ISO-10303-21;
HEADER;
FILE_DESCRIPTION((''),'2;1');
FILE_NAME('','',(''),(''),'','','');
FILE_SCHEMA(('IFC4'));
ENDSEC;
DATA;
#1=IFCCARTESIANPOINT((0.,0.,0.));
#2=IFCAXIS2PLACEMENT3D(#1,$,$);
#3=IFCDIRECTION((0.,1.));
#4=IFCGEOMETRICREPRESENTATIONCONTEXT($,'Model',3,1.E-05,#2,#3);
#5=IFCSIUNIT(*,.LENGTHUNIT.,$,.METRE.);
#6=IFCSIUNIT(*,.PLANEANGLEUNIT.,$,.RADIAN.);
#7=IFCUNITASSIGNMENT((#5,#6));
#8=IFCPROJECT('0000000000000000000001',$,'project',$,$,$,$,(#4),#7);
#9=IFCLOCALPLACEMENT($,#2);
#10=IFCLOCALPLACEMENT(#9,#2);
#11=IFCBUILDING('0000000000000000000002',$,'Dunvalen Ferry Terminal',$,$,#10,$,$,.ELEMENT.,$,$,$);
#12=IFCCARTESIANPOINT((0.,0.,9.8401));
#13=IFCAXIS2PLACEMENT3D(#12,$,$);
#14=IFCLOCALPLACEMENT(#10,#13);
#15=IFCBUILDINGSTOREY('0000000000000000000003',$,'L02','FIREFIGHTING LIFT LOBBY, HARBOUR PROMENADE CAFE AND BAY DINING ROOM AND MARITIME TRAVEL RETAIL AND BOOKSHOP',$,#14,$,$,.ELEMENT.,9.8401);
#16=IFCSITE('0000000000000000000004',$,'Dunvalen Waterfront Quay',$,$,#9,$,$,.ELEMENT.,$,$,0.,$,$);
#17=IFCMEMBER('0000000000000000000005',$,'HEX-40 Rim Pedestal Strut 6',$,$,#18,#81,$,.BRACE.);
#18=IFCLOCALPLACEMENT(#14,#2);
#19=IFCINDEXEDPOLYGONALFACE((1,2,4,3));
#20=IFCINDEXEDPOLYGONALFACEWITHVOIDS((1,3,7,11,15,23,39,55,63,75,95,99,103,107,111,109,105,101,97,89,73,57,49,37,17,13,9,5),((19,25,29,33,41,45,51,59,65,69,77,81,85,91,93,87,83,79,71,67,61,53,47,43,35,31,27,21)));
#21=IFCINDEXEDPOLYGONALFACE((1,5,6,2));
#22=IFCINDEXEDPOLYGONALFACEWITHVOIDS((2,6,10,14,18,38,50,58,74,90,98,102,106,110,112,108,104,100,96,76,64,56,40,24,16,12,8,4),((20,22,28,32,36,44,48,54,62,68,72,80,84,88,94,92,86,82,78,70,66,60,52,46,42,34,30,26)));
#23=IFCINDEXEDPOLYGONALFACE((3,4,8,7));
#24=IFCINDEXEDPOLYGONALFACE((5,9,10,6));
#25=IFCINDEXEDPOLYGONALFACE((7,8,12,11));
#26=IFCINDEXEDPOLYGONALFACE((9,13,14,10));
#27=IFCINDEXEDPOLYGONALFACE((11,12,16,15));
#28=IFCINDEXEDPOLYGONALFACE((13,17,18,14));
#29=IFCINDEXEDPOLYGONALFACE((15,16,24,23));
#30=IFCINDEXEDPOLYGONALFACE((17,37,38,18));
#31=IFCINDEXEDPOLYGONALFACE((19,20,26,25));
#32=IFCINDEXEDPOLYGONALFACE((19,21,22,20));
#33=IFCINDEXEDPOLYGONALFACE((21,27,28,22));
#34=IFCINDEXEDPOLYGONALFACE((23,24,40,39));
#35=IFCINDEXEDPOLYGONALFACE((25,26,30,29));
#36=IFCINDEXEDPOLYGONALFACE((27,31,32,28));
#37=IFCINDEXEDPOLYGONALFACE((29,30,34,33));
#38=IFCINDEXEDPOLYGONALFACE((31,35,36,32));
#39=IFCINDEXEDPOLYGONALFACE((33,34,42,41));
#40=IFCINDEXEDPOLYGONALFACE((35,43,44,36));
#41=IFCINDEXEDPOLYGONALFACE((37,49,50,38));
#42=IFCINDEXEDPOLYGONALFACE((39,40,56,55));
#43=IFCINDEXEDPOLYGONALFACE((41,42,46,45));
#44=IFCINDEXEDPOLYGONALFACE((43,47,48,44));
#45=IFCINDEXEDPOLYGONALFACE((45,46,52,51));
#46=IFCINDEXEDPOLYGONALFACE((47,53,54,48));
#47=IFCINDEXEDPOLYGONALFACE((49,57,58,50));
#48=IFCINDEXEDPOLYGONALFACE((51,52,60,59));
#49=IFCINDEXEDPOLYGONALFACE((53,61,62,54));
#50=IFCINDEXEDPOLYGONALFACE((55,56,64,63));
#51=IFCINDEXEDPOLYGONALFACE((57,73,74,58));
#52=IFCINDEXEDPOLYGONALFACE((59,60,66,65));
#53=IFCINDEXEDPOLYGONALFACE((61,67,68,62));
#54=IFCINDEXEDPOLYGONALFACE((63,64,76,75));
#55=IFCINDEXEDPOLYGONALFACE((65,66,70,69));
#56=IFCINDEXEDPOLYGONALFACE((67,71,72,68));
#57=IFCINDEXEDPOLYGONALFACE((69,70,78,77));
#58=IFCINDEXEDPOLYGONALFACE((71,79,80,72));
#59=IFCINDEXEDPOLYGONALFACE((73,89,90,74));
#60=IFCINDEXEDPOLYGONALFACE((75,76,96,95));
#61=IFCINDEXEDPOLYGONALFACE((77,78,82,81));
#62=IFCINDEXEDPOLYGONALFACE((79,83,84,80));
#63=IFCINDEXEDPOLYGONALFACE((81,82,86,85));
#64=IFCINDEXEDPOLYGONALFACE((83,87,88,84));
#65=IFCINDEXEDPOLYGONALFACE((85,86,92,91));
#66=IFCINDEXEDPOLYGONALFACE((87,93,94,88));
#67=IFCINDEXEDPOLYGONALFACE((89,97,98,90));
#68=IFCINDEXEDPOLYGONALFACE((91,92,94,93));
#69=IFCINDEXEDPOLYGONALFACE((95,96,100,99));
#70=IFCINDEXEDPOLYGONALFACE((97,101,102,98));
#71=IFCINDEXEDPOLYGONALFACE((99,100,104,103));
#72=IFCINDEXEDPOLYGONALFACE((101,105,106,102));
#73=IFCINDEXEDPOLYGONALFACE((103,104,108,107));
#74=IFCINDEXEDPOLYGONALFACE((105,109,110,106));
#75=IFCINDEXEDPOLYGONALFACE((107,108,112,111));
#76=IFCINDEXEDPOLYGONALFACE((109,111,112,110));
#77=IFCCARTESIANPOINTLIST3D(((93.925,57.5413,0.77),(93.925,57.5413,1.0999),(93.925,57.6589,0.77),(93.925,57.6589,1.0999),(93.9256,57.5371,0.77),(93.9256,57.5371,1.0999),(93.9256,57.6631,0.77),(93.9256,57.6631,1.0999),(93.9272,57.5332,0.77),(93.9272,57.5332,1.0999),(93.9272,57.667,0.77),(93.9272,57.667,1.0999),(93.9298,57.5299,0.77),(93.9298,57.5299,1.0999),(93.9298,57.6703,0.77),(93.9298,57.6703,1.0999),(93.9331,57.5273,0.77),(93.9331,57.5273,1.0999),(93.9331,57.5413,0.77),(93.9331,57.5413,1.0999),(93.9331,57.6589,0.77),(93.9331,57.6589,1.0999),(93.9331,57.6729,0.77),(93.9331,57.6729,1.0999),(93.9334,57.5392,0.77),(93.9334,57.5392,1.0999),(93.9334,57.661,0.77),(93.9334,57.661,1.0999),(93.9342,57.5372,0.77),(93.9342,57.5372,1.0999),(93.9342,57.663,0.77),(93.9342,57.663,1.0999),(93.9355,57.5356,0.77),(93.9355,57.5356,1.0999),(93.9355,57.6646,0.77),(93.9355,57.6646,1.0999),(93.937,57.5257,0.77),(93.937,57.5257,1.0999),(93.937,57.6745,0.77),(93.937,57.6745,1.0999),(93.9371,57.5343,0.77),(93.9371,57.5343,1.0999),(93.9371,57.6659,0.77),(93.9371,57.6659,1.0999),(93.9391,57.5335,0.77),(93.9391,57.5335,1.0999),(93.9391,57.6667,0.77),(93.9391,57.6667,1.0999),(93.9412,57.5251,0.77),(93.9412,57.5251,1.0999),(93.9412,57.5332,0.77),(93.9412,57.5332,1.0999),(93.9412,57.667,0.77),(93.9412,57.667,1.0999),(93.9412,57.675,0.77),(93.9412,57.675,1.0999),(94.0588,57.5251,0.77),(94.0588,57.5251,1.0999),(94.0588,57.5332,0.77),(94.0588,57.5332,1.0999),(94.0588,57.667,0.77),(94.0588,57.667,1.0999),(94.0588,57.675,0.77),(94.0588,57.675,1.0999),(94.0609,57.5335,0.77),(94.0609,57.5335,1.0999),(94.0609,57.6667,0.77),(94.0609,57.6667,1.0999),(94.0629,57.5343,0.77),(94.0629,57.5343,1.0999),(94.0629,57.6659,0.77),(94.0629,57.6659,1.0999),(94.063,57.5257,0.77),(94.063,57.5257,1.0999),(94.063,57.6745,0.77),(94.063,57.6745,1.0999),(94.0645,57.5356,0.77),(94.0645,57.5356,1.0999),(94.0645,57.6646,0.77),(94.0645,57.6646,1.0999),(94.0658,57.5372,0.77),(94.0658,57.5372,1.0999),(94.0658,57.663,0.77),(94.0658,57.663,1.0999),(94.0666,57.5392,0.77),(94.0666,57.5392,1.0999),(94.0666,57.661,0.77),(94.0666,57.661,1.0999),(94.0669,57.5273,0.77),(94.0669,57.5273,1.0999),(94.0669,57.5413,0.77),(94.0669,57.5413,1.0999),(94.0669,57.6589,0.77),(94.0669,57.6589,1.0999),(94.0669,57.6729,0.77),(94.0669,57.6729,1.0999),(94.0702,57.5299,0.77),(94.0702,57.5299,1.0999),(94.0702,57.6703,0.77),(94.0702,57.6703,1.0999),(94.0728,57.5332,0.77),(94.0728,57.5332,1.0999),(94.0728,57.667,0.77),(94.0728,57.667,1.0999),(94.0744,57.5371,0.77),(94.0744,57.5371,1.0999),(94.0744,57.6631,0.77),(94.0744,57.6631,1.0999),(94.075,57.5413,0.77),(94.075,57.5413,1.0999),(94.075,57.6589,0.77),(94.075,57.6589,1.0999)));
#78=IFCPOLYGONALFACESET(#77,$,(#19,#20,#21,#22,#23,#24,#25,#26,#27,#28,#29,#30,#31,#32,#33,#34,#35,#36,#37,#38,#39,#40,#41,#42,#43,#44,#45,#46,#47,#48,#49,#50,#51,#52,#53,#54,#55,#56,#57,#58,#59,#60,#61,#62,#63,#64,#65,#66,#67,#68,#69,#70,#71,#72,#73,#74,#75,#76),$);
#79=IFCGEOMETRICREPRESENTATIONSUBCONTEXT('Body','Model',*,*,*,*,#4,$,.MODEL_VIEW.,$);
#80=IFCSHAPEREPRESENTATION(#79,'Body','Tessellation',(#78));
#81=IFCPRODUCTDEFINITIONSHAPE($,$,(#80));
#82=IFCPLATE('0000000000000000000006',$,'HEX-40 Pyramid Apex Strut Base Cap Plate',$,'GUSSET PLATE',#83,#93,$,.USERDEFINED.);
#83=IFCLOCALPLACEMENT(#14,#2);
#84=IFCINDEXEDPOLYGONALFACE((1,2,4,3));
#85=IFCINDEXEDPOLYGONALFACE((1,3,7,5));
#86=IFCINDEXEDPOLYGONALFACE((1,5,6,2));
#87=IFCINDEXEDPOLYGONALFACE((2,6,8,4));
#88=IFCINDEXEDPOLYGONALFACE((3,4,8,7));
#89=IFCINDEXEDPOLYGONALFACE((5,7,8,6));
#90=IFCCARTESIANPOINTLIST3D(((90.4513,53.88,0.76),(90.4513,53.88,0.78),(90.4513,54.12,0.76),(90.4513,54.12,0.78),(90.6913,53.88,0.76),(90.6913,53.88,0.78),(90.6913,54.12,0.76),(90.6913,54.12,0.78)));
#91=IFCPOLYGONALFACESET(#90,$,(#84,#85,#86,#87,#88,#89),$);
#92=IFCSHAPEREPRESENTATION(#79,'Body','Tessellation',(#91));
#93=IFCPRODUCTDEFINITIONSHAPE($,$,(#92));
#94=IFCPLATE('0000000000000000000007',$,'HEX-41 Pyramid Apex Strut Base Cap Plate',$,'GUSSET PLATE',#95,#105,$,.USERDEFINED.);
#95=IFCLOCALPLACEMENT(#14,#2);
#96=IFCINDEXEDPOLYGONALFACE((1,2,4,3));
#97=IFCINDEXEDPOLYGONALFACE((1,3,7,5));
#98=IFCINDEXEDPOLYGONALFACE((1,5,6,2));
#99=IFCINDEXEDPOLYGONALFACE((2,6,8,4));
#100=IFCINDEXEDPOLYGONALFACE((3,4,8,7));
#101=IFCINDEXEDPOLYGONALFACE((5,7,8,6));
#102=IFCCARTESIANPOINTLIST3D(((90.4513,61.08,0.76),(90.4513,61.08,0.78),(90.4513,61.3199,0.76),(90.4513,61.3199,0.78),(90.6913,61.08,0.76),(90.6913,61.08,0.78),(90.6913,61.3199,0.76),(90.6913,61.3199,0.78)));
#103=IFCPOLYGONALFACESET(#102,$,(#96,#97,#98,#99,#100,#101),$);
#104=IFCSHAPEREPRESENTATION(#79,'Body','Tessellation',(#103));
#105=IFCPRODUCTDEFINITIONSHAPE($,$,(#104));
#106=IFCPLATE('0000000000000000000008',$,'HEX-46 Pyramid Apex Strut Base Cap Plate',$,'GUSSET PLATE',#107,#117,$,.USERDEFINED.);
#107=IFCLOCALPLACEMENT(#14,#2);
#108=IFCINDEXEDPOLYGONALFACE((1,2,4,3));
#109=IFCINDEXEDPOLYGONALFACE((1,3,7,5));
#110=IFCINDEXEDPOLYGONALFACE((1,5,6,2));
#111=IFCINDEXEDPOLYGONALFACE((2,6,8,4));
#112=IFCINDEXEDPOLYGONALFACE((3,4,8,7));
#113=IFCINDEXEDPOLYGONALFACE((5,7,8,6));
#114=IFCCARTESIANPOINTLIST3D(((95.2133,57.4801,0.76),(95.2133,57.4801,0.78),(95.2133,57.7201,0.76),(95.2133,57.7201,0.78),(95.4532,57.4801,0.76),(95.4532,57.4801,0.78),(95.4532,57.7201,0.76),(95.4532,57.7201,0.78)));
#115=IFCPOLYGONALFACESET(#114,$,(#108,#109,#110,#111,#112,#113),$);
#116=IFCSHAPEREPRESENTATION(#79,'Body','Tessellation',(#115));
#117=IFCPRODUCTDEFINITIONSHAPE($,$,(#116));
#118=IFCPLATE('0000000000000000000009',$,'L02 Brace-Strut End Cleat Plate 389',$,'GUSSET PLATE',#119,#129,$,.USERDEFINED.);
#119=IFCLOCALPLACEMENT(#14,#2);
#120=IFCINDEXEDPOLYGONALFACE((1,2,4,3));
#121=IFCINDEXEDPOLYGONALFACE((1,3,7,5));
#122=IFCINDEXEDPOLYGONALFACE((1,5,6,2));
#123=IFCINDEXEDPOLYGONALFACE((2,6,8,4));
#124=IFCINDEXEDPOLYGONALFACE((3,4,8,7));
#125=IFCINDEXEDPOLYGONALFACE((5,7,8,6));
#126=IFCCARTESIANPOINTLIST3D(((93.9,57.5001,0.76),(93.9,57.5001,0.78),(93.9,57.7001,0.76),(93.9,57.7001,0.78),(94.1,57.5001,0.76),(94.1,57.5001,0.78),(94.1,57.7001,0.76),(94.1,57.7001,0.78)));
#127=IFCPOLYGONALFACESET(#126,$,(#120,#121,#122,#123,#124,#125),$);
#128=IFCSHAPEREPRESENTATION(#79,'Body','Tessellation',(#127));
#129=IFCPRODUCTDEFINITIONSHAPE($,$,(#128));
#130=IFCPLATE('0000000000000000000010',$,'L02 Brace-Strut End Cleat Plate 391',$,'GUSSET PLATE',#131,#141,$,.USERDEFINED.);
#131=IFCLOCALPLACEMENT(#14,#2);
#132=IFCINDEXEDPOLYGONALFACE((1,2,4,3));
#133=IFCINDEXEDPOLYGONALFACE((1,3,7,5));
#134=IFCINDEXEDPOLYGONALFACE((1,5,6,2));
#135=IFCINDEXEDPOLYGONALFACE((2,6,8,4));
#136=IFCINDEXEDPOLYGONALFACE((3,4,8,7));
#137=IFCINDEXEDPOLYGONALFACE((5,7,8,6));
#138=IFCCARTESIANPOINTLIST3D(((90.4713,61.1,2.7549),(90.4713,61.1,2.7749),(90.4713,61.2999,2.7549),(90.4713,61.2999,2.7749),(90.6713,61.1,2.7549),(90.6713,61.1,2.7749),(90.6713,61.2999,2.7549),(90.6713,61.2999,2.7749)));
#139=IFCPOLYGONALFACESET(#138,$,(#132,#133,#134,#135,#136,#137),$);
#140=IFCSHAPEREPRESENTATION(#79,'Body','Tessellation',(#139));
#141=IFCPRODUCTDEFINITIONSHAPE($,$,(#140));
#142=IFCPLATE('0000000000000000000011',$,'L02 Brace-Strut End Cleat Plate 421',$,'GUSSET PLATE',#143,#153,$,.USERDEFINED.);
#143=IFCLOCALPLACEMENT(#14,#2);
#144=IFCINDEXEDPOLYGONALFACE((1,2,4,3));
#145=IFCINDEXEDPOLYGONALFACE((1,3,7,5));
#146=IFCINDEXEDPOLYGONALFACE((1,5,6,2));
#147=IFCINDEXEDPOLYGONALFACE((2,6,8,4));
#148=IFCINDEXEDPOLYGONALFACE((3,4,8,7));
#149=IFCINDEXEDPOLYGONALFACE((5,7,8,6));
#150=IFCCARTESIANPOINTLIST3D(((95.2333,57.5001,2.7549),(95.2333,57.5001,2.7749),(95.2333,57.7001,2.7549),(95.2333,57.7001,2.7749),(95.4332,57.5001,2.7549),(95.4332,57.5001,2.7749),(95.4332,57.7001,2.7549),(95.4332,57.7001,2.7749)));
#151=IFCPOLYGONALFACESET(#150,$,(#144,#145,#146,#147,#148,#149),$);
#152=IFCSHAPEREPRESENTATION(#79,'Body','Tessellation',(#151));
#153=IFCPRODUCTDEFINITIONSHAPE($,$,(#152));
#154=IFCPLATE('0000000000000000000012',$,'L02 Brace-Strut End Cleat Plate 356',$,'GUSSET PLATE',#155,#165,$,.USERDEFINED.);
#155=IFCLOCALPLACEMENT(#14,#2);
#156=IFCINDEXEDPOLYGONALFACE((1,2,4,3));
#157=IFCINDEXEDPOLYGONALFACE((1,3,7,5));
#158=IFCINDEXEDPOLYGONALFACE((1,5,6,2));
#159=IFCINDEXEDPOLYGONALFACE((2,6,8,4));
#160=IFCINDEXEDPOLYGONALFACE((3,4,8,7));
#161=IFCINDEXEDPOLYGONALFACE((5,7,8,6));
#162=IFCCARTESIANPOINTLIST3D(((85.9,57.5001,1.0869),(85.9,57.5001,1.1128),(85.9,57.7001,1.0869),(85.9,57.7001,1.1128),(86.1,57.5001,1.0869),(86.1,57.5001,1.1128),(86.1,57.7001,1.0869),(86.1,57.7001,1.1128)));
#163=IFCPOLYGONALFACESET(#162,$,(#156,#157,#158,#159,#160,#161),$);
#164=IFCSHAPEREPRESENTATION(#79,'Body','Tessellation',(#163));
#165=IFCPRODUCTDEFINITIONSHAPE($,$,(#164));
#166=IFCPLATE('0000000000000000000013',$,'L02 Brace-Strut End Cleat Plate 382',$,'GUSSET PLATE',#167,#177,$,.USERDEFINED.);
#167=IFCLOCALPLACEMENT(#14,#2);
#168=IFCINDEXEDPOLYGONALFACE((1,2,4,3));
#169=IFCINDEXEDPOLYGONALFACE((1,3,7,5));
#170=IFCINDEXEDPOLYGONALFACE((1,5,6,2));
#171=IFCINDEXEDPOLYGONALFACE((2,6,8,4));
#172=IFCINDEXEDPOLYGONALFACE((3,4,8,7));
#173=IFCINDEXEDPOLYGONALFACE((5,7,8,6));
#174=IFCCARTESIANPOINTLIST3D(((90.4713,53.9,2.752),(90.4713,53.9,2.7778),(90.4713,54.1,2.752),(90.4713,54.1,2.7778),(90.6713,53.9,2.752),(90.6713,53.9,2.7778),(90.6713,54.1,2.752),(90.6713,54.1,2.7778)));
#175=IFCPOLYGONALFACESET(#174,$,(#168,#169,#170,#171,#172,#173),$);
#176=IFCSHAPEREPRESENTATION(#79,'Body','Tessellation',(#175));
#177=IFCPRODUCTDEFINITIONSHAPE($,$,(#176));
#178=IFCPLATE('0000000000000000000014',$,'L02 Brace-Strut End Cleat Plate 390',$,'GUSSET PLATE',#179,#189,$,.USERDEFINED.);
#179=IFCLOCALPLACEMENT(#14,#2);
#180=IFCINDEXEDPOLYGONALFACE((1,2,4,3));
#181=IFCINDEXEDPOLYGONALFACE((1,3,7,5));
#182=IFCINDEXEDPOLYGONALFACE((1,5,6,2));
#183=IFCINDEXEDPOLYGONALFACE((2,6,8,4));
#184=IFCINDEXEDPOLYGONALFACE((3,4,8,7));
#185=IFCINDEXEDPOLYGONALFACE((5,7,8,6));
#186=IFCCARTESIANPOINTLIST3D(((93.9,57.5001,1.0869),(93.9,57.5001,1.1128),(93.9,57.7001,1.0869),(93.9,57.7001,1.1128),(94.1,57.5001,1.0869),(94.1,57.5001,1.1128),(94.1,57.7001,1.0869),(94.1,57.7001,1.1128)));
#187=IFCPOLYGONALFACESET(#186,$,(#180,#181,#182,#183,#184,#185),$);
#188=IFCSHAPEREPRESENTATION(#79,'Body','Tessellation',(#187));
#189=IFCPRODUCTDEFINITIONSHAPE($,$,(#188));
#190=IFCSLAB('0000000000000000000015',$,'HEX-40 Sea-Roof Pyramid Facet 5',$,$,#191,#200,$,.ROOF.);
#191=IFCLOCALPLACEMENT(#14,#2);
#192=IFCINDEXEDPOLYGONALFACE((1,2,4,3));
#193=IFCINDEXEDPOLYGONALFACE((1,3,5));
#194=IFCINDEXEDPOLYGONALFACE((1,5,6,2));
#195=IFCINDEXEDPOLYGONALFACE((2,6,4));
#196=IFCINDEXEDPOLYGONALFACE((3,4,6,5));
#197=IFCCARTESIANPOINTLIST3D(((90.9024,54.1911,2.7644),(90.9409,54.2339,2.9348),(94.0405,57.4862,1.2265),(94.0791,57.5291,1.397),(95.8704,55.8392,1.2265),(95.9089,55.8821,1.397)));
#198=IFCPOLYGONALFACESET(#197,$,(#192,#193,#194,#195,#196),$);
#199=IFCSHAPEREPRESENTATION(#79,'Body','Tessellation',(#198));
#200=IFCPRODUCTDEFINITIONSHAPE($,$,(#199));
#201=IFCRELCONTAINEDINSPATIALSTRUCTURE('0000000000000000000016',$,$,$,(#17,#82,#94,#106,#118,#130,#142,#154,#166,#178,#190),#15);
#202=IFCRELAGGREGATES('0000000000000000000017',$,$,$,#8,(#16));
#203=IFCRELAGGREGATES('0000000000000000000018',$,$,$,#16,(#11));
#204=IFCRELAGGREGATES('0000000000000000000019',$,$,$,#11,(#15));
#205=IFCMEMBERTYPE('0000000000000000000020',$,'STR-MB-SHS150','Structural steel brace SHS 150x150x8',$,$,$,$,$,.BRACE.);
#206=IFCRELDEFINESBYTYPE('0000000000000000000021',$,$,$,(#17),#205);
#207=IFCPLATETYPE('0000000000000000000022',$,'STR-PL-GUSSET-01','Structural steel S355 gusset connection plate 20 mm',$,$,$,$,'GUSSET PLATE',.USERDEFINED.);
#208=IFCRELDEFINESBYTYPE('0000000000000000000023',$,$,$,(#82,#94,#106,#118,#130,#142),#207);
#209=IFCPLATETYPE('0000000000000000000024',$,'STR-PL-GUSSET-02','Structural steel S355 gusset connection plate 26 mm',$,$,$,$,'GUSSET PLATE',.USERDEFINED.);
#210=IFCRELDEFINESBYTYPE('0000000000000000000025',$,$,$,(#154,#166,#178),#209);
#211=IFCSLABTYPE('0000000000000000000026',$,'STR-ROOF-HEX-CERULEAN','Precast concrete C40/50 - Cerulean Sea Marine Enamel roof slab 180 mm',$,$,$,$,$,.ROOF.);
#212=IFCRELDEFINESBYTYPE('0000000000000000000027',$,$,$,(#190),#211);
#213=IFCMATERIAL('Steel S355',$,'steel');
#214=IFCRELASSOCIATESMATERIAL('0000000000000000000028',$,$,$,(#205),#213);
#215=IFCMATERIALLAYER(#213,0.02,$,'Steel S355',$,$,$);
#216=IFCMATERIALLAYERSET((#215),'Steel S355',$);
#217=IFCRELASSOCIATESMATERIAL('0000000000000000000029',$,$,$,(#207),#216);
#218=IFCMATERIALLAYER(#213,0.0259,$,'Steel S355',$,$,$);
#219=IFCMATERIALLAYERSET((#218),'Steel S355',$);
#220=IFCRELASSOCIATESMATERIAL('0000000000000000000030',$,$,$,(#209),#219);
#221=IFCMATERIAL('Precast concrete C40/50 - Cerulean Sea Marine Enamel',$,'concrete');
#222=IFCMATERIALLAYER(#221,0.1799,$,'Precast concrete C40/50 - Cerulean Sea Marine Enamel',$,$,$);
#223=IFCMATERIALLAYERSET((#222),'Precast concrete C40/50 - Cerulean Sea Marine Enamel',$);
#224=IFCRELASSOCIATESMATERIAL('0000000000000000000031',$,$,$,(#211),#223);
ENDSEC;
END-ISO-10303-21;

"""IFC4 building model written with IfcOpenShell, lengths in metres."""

from ifc_helpers import new_model, si_unit, direction, frame, origin, origin_2d, place, context, subcontext, project, spatial, polyline, rectangle, hollow_rectangle, outline, extrude, material, layer, layer_set, material_profile, profile_set, type_object, element, save


model = new_model("IFC4")

# Units and contexts
model_context = context("Model", 3, precision=1e-05, world=origin(), true_north=direction((0.0, 1.0)))
body_context = subcontext(model_context, "Body", "Model", "MODEL_VIEW")
ifc_project = project(units=[si_unit("LENGTHUNIT", "METRE"), si_unit("PLANEANGLEUNIT", "RADIAN")], contexts=[model_context])

# Site, building, storey
site_placement = place(None, origin())
site = spatial("IfcSite", under=ifc_project, at=site_placement, Name="Dunvalen Waterfront Quay", CompositionType="ELEMENT", RefElevation=0.0)
building_placement = place(site_placement, origin())
building = spatial("IfcBuilding", under=site, at=building_placement, Name="Dunvalen Ferry Terminal", CompositionType="ELEMENT")
storey_placement = place(building_placement, frame((0.0, 0.0, 9.8401)))
storey = spatial("IfcBuildingStorey", under=building, at=storey_placement, Name="L02", Description="FIREFIGHTING LIFT LOBBY, HARBOUR PROMENADE CAFE AND BAY DINING ROOM AND MARITIME TRAVEL RETAIL AND BOOKSHOP", CompositionType="ELEMENT", Elevation=9.8401)

# Shared definitions
ifc_material_1 = material(Name="Steel S355", Category="steel")

# Member
ifc_material_profile_1 = material_profile(ifc_material_1, hollow_rectangle(XDim=0.1499, YDim=0.1499, WallThickness=0.0081, InnerFilletRadius=0.0081, OuterFilletRadius=0.0161, at=origin_2d()), Name="Steel S355")
ifc_profile_set_1 = profile_set([ifc_material_profile_1], Name="Steel S355")
member_type_1 = type_object("IfcMemberType", Name="STR-MB-SHS150", Description="Structural steel brace SHS 150x150x8", PredefinedType="BRACE", material=ifc_profile_set_1)
for number, where, z_axis, x_axis, name in (
    (1, (94.0, 57.6001, 0.77), (0.0, 0.0, 1.0), (1.0, 0.0, 0.0), "HEX-40 Rim Pedestal Strut 6"),
):
    element("IfcMember", number, at=place(storey_placement, frame(where, z_axis=z_axis, x_axis=x_axis)), inside=storey, type_object=member_type_1, Name=name, PredefinedType="BRACE", context=body_context, shape_type="SweptSolid", body=[
        extrude(hollow_rectangle(XDim=0.1499, YDim=0.1499, WallThickness=0.0081, InnerFilletRadius=0.0081, OuterFilletRadius=0.0161, at=origin_2d()), origin(), (0.0, 0.0, 1.0), 0.3298),
    ])

# Plates
ifc_layer_1 = layer(ifc_material_1, 0.02, Name="Steel S355")
ifc_layer_set_1 = layer_set([ifc_layer_1], Name="Steel S355")
plate_type_1 = type_object("IfcPlateType", Name="STR-PL-GUSSET-01", Description="Structural steel S355 gusset connection plate 20 mm", ElementType="GUSSET PLATE", PredefinedType="USERDEFINED", material=ifc_layer_set_1)
for number, where, z_axis, x_axis, name in (
    (2, (90.5713, 54.0, 0.76), (0.0, 0.0, 1.0), (1.0, 0.0, 0.0), "HEX-40 Pyramid Apex Strut Base Cap Plate"),
    (3, (90.5713, 61.2, 0.76), (0.0, 0.0, 1.0), (1.0, 0.0, 0.0), "HEX-41 Pyramid Apex Strut Base Cap Plate"),
    (4, (95.3333, 57.6001, 0.76), (0.0, 0.0, 1.0), (1.0, 0.0, 0.0), "HEX-46 Pyramid Apex Strut Base Cap Plate"),
):
    element("IfcPlate", number, at=place(storey_placement, frame(where, z_axis=z_axis, x_axis=x_axis)), inside=storey, type_object=plate_type_1, Name=name, ObjectType="GUSSET PLATE", PredefinedType="USERDEFINED", context=body_context, shape_type="SweptSolid", body=[
        extrude(rectangle(XDim=0.24, YDim=0.24, at=origin_2d()), origin(), (0.0, 0.0, 1.0), 0.02),
    ])
for number, where, z_axis, x_axis, name in (
    (5, (94.0, 57.6001, 0.76), (0.0, 0.0, 1.0), (1.0, 0.0, 0.0), "L02 Brace-Strut End Cleat Plate 389"),
    (6, (90.5713, 61.2, 2.7549), (0.0, 0.0, 1.0), (1.0, 0.0, 0.0), "L02 Brace-Strut End Cleat Plate 391"),
    (7, (95.3333, 57.6001, 2.7549), (0.0, 0.0, 1.0), (1.0, 0.0, 0.0), "L02 Brace-Strut End Cleat Plate 421"),
):
    element("IfcPlate", number, at=place(storey_placement, frame(where, z_axis=z_axis, x_axis=x_axis)), inside=storey, type_object=plate_type_1, Name=name, ObjectType="GUSSET PLATE", PredefinedType="USERDEFINED", context=body_context, shape_type="SweptSolid", body=[
        extrude(rectangle(XDim=0.2, YDim=0.2, at=origin_2d()), origin(), (0.0, 0.0, 1.0), 0.02),
    ])
ifc_layer_2 = layer(ifc_material_1, 0.0259, Name="Steel S355")
ifc_layer_set_2 = layer_set([ifc_layer_2], Name="Steel S355")
plate_type_2 = type_object("IfcPlateType", Name="STR-PL-GUSSET-02", Description="Structural steel S355 gusset connection plate 26 mm", ElementType="GUSSET PLATE", PredefinedType="USERDEFINED", material=ifc_layer_set_2)
for number, where, z_axis, x_axis, name in (
    (8, (86.0, 57.6001, 1.0869), (0.0, 0.0, 1.0), (1.0, 0.0, 0.0), "L02 Brace-Strut End Cleat Plate 356"),
    (9, (90.5713, 54.0, 2.752), (0.0, 0.0, 1.0), (1.0, 0.0, 0.0), "L02 Brace-Strut End Cleat Plate 382"),
    (10, (94.0, 57.6001, 1.0869), (0.0, 0.0, 1.0), (1.0, 0.0, 0.0), "L02 Brace-Strut End Cleat Plate 390"),
):
    element("IfcPlate", number, at=place(storey_placement, frame(where, z_axis=z_axis, x_axis=x_axis)), inside=storey, type_object=plate_type_2, Name=name, ObjectType="GUSSET PLATE", PredefinedType="USERDEFINED", context=body_context, shape_type="SweptSolid", body=[
        extrude(rectangle(XDim=0.2, YDim=0.2, at=origin_2d()), origin(), (0.0, 0.0, 1.0), 0.0259),
    ])

# Slab
ifc_material_2 = material(Name="Precast concrete C40/50 - Cerulean Sea Marine Enamel", Category="concrete")
ifc_layer_3 = layer(ifc_material_2, 0.1799, Name="Precast concrete C40/50 - Cerulean Sea Marine Enamel")
ifc_layer_set_3 = layer_set([ifc_layer_3], Name="Precast concrete C40/50 - Cerulean Sea Marine Enamel")
slab_type = type_object("IfcSlabType", Name="STR-ROOF-HEX-CERULEAN", Description="Precast concrete C40/50 - Cerulean Sea Marine Enamel roof slab 180 mm", PredefinedType="ROOF", material=ifc_layer_set_3)
slab_1_placement = place(storey_placement, frame((95.9089, 55.8821, 1.397), z_axis=(0.214265, 0.238055, 0.947323), x_axis=(-0.743269, 0.668992, 0.0)))
element("IfcSlab", 11, at=slab_1_placement, inside=storey, type_object=slab_type, Name="HEX-40 Sea-Roof Pyramid Facet 5", PredefinedType="ROOF", context=body_context, shape_type="SweptSolid", body=[
    extrude(outline(polyline([(0.0, 0.0), (2.4619, 0.0), (2.5899, 4.8015), (0.0, 0.0)])), origin(), (0.0, 0.0, -1.0), 0.1799),
])

save(model, "model.ifc")
